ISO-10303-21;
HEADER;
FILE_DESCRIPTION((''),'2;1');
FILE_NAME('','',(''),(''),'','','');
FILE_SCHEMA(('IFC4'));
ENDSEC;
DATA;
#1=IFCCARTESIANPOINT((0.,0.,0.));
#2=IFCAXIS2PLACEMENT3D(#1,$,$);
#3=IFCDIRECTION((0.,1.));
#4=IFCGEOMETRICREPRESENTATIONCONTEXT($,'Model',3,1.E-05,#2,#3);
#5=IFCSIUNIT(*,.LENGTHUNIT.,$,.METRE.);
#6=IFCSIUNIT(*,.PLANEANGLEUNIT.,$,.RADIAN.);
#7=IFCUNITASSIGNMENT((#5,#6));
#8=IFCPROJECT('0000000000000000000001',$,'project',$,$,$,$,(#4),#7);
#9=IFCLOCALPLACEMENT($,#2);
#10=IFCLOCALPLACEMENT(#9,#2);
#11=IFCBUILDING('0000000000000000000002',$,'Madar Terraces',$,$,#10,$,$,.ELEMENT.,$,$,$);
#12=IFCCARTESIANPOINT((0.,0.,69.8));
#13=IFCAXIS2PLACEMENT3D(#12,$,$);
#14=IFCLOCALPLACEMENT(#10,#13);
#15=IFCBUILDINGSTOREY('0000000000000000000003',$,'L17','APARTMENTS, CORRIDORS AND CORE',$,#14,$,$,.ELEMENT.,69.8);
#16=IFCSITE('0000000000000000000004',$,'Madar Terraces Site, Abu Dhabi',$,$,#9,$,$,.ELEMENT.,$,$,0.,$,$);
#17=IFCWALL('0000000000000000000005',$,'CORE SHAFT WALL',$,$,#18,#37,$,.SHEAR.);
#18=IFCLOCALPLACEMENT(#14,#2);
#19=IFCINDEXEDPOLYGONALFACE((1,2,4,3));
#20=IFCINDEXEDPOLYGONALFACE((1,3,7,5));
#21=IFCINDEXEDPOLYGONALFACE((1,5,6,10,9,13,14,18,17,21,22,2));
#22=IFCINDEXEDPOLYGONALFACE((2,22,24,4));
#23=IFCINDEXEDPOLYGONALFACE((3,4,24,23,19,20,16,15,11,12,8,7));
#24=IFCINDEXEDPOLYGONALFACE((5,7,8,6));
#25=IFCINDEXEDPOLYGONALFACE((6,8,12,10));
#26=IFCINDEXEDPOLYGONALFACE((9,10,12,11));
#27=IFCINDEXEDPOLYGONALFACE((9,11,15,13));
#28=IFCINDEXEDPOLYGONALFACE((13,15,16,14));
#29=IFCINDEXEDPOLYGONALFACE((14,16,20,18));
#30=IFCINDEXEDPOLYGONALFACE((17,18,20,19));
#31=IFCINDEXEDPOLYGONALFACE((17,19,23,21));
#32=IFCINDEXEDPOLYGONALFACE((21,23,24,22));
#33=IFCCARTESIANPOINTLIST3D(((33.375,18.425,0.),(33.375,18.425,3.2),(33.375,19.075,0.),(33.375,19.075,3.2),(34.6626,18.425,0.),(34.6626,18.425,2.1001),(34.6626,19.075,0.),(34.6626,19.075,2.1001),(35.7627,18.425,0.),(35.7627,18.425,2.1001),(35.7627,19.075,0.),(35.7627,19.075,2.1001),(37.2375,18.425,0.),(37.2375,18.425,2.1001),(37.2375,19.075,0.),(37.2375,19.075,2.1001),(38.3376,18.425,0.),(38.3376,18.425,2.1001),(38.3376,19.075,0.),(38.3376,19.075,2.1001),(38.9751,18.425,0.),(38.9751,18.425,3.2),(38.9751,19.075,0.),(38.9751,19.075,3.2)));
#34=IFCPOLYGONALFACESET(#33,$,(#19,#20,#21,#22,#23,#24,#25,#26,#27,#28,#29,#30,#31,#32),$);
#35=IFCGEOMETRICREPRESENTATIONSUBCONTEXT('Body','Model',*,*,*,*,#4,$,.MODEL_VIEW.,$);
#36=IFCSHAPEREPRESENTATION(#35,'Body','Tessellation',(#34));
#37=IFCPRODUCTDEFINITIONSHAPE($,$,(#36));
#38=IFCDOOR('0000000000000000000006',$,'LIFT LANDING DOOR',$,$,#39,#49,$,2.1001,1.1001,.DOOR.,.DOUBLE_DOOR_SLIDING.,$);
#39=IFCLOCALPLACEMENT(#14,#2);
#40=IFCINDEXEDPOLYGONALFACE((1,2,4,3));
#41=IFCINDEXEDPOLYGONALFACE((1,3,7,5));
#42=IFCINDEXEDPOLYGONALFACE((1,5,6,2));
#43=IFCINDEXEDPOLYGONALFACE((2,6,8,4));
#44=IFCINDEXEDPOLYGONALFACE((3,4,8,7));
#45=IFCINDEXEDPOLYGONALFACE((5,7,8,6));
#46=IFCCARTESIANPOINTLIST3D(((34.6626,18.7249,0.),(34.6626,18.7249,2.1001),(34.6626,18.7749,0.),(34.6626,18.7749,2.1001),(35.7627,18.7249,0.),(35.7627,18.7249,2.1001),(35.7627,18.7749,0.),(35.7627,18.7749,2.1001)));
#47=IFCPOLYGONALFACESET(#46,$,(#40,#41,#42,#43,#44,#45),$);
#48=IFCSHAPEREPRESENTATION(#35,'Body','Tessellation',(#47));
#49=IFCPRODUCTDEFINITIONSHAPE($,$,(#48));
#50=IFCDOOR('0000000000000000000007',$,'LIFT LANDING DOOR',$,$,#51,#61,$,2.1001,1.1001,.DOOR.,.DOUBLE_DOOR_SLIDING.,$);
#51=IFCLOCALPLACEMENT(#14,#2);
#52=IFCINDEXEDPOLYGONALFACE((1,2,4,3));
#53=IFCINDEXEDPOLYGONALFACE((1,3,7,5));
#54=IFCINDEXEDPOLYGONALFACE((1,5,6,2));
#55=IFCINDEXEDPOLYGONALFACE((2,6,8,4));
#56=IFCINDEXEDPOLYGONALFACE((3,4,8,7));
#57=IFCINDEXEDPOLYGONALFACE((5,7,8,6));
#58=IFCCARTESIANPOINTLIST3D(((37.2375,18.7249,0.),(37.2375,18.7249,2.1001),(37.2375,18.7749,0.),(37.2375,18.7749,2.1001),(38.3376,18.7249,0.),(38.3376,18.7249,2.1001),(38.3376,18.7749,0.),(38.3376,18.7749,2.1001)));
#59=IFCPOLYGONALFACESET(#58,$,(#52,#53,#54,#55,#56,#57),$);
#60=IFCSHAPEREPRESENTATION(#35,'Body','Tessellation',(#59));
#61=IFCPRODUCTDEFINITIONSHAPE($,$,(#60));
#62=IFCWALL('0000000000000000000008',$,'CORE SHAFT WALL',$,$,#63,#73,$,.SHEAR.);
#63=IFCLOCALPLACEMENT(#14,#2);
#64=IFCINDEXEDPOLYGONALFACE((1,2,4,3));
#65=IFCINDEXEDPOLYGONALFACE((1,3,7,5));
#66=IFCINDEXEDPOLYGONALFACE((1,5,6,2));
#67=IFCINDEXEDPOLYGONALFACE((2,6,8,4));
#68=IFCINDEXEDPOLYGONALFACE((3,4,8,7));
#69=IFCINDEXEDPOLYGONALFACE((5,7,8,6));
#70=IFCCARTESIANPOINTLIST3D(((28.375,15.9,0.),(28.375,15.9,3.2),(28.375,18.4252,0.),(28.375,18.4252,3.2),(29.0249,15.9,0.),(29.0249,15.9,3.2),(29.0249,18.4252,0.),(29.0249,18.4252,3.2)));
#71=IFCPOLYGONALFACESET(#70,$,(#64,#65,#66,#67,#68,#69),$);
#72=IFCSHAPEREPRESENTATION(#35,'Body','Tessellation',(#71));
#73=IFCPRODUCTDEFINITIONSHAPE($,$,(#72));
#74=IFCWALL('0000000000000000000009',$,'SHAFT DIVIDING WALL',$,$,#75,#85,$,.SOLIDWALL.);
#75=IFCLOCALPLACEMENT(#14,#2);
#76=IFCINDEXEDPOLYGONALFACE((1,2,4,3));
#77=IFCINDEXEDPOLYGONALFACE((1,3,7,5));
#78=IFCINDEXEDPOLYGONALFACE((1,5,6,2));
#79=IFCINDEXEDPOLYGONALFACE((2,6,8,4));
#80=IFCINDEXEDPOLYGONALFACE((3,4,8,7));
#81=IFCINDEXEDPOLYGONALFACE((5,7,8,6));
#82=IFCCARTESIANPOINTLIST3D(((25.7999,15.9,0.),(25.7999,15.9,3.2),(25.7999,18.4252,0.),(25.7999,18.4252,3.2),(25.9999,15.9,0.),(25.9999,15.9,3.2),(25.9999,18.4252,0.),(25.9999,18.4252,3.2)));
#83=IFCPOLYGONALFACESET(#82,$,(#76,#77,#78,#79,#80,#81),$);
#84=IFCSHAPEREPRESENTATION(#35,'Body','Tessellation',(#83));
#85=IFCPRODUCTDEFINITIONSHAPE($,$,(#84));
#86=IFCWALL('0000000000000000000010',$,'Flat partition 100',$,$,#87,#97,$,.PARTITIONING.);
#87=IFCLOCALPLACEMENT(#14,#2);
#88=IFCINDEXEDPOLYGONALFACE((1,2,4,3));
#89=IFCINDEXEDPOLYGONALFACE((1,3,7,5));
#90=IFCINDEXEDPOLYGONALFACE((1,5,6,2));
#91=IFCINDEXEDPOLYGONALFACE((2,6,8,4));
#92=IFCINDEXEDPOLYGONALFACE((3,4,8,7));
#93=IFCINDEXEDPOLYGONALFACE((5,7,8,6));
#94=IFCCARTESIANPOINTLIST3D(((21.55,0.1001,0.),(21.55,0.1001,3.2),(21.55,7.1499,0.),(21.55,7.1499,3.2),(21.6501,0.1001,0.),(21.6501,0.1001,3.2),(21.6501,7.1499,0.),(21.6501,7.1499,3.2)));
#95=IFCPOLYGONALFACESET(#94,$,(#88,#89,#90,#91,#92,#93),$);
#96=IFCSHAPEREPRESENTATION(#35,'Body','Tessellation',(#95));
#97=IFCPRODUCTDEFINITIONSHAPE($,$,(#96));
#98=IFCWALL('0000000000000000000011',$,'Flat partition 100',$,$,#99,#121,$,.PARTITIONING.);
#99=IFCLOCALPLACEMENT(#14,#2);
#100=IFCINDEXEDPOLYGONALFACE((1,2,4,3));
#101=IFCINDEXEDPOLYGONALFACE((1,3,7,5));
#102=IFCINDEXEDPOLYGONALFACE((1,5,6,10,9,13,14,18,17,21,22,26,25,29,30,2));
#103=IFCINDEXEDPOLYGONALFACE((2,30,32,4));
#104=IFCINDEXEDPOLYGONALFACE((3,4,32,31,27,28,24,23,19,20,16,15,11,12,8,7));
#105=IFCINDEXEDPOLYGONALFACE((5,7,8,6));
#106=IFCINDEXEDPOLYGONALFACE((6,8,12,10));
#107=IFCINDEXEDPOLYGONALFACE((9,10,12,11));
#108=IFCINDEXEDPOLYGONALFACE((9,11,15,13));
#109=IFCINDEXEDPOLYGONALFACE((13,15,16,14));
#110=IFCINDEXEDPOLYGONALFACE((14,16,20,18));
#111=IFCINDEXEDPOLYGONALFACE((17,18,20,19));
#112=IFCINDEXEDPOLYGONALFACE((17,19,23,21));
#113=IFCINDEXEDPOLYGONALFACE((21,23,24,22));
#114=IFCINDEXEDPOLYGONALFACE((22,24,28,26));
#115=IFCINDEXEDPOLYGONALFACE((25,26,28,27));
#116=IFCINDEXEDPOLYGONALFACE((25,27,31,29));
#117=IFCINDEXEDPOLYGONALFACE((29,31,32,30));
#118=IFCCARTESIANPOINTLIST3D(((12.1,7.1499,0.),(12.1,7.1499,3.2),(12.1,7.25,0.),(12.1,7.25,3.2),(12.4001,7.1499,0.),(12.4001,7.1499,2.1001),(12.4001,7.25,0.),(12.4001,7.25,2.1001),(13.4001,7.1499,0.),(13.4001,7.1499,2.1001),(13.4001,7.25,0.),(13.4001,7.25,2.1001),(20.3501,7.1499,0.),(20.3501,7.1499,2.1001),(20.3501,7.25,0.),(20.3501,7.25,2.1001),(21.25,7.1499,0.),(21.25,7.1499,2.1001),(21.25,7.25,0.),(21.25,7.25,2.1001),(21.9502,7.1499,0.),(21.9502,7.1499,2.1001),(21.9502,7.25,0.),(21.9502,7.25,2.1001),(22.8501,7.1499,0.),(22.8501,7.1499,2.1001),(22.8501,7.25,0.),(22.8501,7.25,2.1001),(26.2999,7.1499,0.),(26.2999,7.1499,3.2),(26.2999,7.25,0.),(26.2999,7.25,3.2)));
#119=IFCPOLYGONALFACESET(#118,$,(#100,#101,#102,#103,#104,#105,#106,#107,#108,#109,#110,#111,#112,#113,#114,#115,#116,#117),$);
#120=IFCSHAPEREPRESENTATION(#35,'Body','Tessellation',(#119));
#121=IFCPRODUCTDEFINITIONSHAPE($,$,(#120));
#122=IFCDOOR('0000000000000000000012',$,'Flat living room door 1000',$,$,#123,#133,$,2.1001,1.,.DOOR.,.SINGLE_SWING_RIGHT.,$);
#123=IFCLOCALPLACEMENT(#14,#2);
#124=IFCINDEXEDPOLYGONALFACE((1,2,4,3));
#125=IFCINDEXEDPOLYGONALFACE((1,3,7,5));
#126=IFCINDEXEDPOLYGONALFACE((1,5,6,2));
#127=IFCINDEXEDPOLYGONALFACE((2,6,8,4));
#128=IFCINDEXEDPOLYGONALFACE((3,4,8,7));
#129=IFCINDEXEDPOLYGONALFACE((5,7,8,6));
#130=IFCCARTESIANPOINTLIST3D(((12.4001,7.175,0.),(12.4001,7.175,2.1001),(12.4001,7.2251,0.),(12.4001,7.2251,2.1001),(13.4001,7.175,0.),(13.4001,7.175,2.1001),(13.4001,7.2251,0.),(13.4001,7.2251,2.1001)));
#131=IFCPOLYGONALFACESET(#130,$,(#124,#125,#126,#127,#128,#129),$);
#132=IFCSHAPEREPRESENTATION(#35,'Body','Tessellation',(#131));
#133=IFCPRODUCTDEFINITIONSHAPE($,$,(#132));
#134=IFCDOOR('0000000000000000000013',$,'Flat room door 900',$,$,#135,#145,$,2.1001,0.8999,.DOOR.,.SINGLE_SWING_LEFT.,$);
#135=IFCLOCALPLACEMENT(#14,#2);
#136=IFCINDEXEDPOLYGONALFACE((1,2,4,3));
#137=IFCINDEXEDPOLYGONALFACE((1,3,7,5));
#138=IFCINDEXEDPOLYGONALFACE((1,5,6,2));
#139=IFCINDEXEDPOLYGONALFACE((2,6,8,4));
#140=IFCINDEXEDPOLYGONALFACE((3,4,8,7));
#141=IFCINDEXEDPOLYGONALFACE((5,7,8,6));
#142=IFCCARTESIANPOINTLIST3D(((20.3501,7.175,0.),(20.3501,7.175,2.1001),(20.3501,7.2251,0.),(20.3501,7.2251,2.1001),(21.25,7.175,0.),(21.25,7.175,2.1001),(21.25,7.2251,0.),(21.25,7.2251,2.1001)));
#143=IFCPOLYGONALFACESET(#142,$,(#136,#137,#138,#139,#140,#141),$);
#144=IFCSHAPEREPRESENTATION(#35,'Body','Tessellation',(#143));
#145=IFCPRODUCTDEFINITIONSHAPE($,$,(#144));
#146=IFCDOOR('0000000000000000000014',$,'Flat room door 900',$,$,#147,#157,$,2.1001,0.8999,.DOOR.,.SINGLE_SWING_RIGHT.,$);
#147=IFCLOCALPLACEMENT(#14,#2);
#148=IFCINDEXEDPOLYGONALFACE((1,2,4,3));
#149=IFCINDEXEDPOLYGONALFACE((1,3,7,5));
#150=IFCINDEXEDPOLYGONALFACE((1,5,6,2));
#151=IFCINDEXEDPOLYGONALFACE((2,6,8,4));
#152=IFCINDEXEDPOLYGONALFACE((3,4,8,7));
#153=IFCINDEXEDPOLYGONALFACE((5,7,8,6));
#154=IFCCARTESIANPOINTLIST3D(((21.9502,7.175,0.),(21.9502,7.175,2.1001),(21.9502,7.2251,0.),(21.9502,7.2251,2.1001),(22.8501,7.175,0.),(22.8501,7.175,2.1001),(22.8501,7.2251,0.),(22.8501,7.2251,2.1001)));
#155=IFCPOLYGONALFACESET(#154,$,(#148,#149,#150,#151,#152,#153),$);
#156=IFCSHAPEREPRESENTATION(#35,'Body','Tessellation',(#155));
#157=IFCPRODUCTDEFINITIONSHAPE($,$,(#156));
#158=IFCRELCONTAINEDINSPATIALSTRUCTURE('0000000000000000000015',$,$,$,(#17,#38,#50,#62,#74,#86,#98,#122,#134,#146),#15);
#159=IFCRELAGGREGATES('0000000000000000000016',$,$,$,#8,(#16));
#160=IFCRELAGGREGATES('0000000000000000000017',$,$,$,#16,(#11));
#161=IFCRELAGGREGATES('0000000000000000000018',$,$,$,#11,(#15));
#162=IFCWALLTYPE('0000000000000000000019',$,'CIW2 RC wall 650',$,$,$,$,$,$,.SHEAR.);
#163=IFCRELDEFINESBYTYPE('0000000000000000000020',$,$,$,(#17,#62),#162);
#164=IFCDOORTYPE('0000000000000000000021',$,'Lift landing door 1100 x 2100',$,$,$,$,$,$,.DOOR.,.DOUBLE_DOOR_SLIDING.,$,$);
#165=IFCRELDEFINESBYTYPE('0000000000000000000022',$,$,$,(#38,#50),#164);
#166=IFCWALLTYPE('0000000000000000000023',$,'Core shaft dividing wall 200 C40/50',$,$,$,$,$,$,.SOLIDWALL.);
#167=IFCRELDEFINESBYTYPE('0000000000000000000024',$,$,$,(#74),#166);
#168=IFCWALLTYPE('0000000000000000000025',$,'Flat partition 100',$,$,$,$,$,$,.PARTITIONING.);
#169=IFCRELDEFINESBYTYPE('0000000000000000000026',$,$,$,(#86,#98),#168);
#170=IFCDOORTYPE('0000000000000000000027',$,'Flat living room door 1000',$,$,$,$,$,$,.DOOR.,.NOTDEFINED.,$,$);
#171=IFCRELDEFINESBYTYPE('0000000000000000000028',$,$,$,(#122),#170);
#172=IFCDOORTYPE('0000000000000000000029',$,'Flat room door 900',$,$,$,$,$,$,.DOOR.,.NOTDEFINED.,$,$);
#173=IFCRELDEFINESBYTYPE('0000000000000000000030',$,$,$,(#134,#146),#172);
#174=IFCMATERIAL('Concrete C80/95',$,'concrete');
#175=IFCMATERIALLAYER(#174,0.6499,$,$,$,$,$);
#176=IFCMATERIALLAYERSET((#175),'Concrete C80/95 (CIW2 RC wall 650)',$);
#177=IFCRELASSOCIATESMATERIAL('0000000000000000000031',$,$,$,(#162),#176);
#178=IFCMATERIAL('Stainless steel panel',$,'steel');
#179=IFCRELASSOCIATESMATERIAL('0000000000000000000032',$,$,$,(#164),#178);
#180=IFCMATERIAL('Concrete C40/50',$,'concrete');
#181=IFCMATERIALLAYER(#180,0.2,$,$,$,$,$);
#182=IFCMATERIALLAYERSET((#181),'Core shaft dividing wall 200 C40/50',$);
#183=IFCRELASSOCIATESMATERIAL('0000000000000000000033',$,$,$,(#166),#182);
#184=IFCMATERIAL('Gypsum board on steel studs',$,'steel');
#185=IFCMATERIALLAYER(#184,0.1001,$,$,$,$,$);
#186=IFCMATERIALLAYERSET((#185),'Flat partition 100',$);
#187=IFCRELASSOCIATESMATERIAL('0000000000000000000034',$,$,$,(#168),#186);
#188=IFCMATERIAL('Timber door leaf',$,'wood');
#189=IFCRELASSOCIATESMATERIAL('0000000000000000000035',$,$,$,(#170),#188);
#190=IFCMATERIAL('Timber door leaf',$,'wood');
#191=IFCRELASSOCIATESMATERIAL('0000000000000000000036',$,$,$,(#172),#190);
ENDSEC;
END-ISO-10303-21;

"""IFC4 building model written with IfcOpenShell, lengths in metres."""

from ifc_helpers import new_model, si_unit, direction, frame, frame_2d, origin, place, context, subcontext, project, spatial, rectangle, extrude, material, layer, layer_set, type_object, element, fill, save


model = new_model("IFC4")

# Units and contexts
model_context = context("Model", 3, precision=1e-05, world=origin(), true_north=direction((0.0, 1.0)))
body_context = subcontext(model_context, "Body", "Model", "MODEL_VIEW")
ifc_project = project(units=[si_unit("LENGTHUNIT", "METRE"), si_unit("PLANEANGLEUNIT", "RADIAN")], contexts=[model_context])

# Site, building, storey
site_placement = place(None, origin())
site = spatial("IfcSite", under=ifc_project, at=site_placement, Name="Madar Terraces Site, Abu Dhabi", CompositionType="ELEMENT", RefElevation=0.0)
building_placement = place(site_placement, origin())
building = spatial("IfcBuilding", under=site, at=building_placement, Name="Madar Terraces", CompositionType="ELEMENT")
storey_placement = place(building_placement, frame((0.0, 0.0, 69.8)))
storey = spatial("IfcBuildingStorey", under=building, at=storey_placement, Name="L17", Description="APARTMENTS, CORRIDORS AND CORE", CompositionType="ELEMENT", Elevation=69.8)

# Shared definitions
ifc_material_1 = material(Name="Concrete C80/95", Category="concrete")
ifc_layer_1 = layer(ifc_material_1, 0.6499)
ifc_layer_set_1 = layer_set([ifc_layer_1], Name="Concrete C80/95 (CIW2 RC wall 650)")
wall_type_1 = type_object("IfcWallType", Name="CIW2 RC wall 650", PredefinedType="SHEAR", material=ifc_layer_set_1)

# Wall, openings, doors
ifc_material_2 = material(Name="Stainless steel panel", Category="steel")
door_type_1 = type_object("IfcDoorType", Name="Lift landing door 1100 x 2100", OperationType="DOUBLE_DOOR_SLIDING", PredefinedType="DOOR", material=ifc_material_2)
wall_1_placement = place(storey_placement, frame((33.375, 18.75, 0.0), z_axis=(0.0, 0.0, 1.0), x_axis=(1.0, 0.0, 0.0)))
wall_1 = element("IfcWall", 1, at=wall_1_placement, inside=storey, type_object=wall_type_1, Name="CORE SHAFT WALL", PredefinedType="SHEAR", context=body_context, shape_type="SweptSolid", body=[
    extrude(rectangle(XDim=5.6001, YDim=0.6499, at=frame_2d((2.8, 0.0))), origin(), (0.0, 0.0, 1.0), 3.2),
])
opening_1_placement = place(wall_1_placement, frame((1.2876, 0.0, 0.0)))
opening_1 = element("IfcOpeningElement", 2, at=opening_1_placement, cuts=wall_1, PredefinedType="OPENING", context=body_context, shape_type="SweptSolid", body=[
    extrude(rectangle(XDim=1.1001, YDim=2.1001, at=frame_2d((0.55, 1.05))), frame((0.0, 0.335, 0.0), z_axis=(0.0, -1.0, 0.0), x_axis=(1.0, 0.0, 0.0)), (0.0, 0.0, 1.0), 0.6699),
])
opening_2_placement = place(wall_1_placement, frame((3.8625, 0.0, 0.0)))
opening_2 = element("IfcOpeningElement", 3, at=opening_2_placement, cuts=wall_1, PredefinedType="OPENING", context=body_context, shape_type="SweptSolid", body=[
    extrude(rectangle(XDim=1.1001, YDim=2.1001, at=frame_2d((0.55, 1.05))), frame((0.0, 0.335, 0.0), z_axis=(0.0, -1.0, 0.0), x_axis=(1.0, 0.0, 0.0)), (0.0, 0.0, 1.0), 0.6699),
])
door_1_placement = place(opening_1_placement, origin())
door_1 = element("IfcDoor", 4, at=door_1_placement, inside=storey, type_object=door_type_1, Name="LIFT LANDING DOOR", OperationType="DOUBLE_DOOR_SLIDING", OverallHeight=2.1001, OverallWidth=1.1001, PredefinedType="DOOR", context=body_context, shape_type="SweptSolid", body=[
    extrude(rectangle(XDim=1.1001, YDim=2.1001, at=frame_2d((0.55, 1.05))), frame((0.0, 0.0249, 0.0), z_axis=(0.0, -1.0, 0.0), x_axis=(1.0, 0.0, 0.0)), (0.0, 0.0, 1.0), 0.05),
])
fill(opening_1, door_1)
door_2_placement = place(opening_2_placement, origin())
door_2 = element("IfcDoor", 5, at=door_2_placement, inside=storey, type_object=door_type_1, Name="LIFT LANDING DOOR", OperationType="DOUBLE_DOOR_SLIDING", OverallHeight=2.1001, OverallWidth=1.1001, PredefinedType="DOOR", context=body_context, shape_type="SweptSolid", body=[
    extrude(rectangle(XDim=1.1001, YDim=2.1001, at=frame_2d((0.55, 1.05))), frame((0.0, 0.0249, 0.0), z_axis=(0.0, -1.0, 0.0), x_axis=(1.0, 0.0, 0.0)), (0.0, 0.0, 1.0), 0.05),
])
fill(opening_2, door_2)

# Walls
wall_2_placement = place(storey_placement, frame((28.7, 15.8999, 0.0), z_axis=(0.0, 0.0, 1.0), x_axis=(0.0, 1.0, 0.0)))
element("IfcWall", 6, at=wall_2_placement, inside=storey, type_object=wall_type_1, Name="CORE SHAFT WALL", PredefinedType="SHEAR", context=body_context, shape_type="SweptSolid", body=[
    extrude(rectangle(XDim=2.5251, YDim=0.6499, at=frame_2d((1.2627, 0.0))), origin(), (0.0, 0.0, 1.0), 3.2),
])
ifc_material_3 = material(Name="Concrete C40/50", Category="concrete")
ifc_layer_2 = layer(ifc_material_3, 0.2)
ifc_layer_set_2 = layer_set([ifc_layer_2], Name="Core shaft dividing wall 200 C40/50")
wall_type_2 = type_object("IfcWallType", Name="Core shaft dividing wall 200 C40/50", PredefinedType="SOLIDWALL", material=ifc_layer_set_2)
wall_3_placement = place(storey_placement, frame((25.8999, 15.8999, 0.0), z_axis=(0.0, 0.0, 1.0), x_axis=(0.0, 1.0, 0.0)))
element("IfcWall", 7, at=wall_3_placement, inside=storey, type_object=wall_type_2, Name="SHAFT DIVIDING WALL", PredefinedType="SOLIDWALL", context=body_context, shape_type="SweptSolid", body=[
    extrude(rectangle(XDim=2.5251, YDim=0.2, at=frame_2d((1.2627, 0.0))), origin(), (0.0, 0.0, 1.0), 3.2),
])
ifc_material_4 = material(Name="Gypsum board on steel studs", Category="steel")
ifc_layer_3 = layer(ifc_material_4, 0.1001)
ifc_layer_set_3 = layer_set([ifc_layer_3], Name="Flat partition 100")
wall_type_3 = type_object("IfcWallType", Name="Flat partition 100", PredefinedType="PARTITIONING", material=ifc_layer_set_3)
wall_4_placement = place(storey_placement, frame((21.6001, 7.1499, 0.0), z_axis=(0.0, 0.0, 1.0), x_axis=(0.0, -1.0, 0.0)))
element("IfcWall", 8, at=wall_4_placement, inside=storey, type_object=wall_type_3, Name="Flat partition 100", PredefinedType="PARTITIONING", context=body_context, shape_type="SweptSolid", body=[
    extrude(rectangle(XDim=7.0498, YDim=0.1001, at=frame_2d((3.5249, 0.0))), origin(), (0.0, 0.0, 1.0), 3.2),
])

# Wall, openings, doors
wall_5_placement = place(storey_placement, frame((26.3, 7.2, 0.0), z_axis=(0.0, 0.0, 1.0), x_axis=(-1.0, 0.0, 0.0)))
wall_5 = element("IfcWall", 9, at=wall_5_placement, inside=storey, type_object=wall_type_3, Name="Flat partition 100", PredefinedType="PARTITIONING", context=body_context, shape_type="SweptSolid", body=[
    extrude(rectangle(XDim=14.2, YDim=0.1001, at=frame_2d((7.1001, 0.0))), origin(), (0.0, 0.0, 1.0), 3.2),
])
opening_3_placement = place(wall_5_placement, frame((12.8999, 0.0, 0.0)))
opening_3 = element("IfcOpeningElement", 10, at=opening_3_placement, cuts=wall_5, PredefinedType="OPENING", context=body_context, shape_type="SweptSolid", body=[
    extrude(rectangle(XDim=1.0, YDim=2.1001, at=frame_2d((0.5, 1.05))), frame((0.0, 0.0601, 0.0), z_axis=(0.0, -1.0, 0.0), x_axis=(1.0, 0.0, 0.0)), (0.0, 0.0, 1.0), 0.1201),
])
opening_4_placement = place(wall_5_placement, frame((5.05, 0.0, 0.0)))
opening_4 = element("IfcOpeningElement", 11, at=opening_4_placement, cuts=wall_5, PredefinedType="OPENING", context=body_context, shape_type="SweptSolid", body=[
    extrude(rectangle(XDim=0.8999, YDim=2.1001, at=frame_2d((0.45, 1.05))), frame((0.0, 0.0601, 0.0), z_axis=(0.0, -1.0, 0.0), x_axis=(1.0, 0.0, 0.0)), (0.0, 0.0, 1.0), 0.1201),
])
opening_5_placement = place(wall_5_placement, frame((3.45, 0.0, 0.0)))
opening_5 = element("IfcOpeningElement", 12, at=opening_5_placement, cuts=wall_5, PredefinedType="OPENING", context=body_context, shape_type="SweptSolid", body=[
    extrude(rectangle(XDim=0.8999, YDim=2.1001, at=frame_2d((0.45, 1.05))), frame((0.0, 0.0601, 0.0), z_axis=(0.0, -1.0, 0.0), x_axis=(1.0, 0.0, 0.0)), (0.0, 0.0, 1.0), 0.1201),
])
ifc_material_5 = material(Name="Timber door leaf", Category="wood")
door_type_2 = type_object("IfcDoorType", Name="Flat living room door 1000", OperationType="NOTDEFINED", PredefinedType="DOOR", material=ifc_material_5)
door_3_placement = place(opening_3_placement, origin())
door_3 = element("IfcDoor", 13, at=door_3_placement, inside=storey, type_object=door_type_2, Name="Flat living room door 1000", OperationType="SINGLE_SWING_RIGHT", OverallHeight=2.1001, OverallWidth=1.0, PredefinedType="DOOR", context=body_context, shape_type="SweptSolid", body=[
    extrude(rectangle(XDim=1.0, YDim=2.1001, at=frame_2d((0.5, 1.05))), frame((0.0, 0.0249, 0.0), z_axis=(0.0, -1.0, 0.0), x_axis=(1.0, 0.0, 0.0)), (0.0, 0.0, 1.0), 0.05),
])
fill(opening_3, door_3)
ifc_material_6 = material(Name="Timber door leaf", Category="wood")
door_type_3 = type_object("IfcDoorType", Name="Flat room door 900", OperationType="NOTDEFINED", PredefinedType="DOOR", material=ifc_material_6)
door_4_placement = place(opening_4_placement, origin())
door_4 = element("IfcDoor", 14, at=door_4_placement, inside=storey, type_object=door_type_3, Name="Flat room door 900", OperationType="SINGLE_SWING_LEFT", OverallHeight=2.1001, OverallWidth=0.8999, PredefinedType="DOOR", context=body_context, shape_type="SweptSolid", body=[
    extrude(rectangle(XDim=0.8999, YDim=2.1001, at=frame_2d((0.45, 1.05))), frame((0.0, 0.0249, 0.0), z_axis=(0.0, -1.0, 0.0), x_axis=(1.0, 0.0, 0.0)), (0.0, 0.0, 1.0), 0.05),
])
fill(opening_4, door_4)
door_5_placement = place(opening_5_placement, origin())
door_5 = element("IfcDoor", 15, at=door_5_placement, inside=storey, type_object=door_type_3, Name="Flat room door 900", OperationType="SINGLE_SWING_RIGHT", OverallHeight=2.1001, OverallWidth=0.8999, PredefinedType="DOOR", context=body_context, shape_type="SweptSolid", body=[
    extrude(rectangle(XDim=0.8999, YDim=2.1001, at=frame_2d((0.45, 1.05))), frame((0.0, 0.0249, 0.0), z_axis=(0.0, -1.0, 0.0), x_axis=(1.0, 0.0, 0.0)), (0.0, 0.0, 1.0), 0.05),
])
fill(opening_5, door_5)

save(model, "model.ifc")
